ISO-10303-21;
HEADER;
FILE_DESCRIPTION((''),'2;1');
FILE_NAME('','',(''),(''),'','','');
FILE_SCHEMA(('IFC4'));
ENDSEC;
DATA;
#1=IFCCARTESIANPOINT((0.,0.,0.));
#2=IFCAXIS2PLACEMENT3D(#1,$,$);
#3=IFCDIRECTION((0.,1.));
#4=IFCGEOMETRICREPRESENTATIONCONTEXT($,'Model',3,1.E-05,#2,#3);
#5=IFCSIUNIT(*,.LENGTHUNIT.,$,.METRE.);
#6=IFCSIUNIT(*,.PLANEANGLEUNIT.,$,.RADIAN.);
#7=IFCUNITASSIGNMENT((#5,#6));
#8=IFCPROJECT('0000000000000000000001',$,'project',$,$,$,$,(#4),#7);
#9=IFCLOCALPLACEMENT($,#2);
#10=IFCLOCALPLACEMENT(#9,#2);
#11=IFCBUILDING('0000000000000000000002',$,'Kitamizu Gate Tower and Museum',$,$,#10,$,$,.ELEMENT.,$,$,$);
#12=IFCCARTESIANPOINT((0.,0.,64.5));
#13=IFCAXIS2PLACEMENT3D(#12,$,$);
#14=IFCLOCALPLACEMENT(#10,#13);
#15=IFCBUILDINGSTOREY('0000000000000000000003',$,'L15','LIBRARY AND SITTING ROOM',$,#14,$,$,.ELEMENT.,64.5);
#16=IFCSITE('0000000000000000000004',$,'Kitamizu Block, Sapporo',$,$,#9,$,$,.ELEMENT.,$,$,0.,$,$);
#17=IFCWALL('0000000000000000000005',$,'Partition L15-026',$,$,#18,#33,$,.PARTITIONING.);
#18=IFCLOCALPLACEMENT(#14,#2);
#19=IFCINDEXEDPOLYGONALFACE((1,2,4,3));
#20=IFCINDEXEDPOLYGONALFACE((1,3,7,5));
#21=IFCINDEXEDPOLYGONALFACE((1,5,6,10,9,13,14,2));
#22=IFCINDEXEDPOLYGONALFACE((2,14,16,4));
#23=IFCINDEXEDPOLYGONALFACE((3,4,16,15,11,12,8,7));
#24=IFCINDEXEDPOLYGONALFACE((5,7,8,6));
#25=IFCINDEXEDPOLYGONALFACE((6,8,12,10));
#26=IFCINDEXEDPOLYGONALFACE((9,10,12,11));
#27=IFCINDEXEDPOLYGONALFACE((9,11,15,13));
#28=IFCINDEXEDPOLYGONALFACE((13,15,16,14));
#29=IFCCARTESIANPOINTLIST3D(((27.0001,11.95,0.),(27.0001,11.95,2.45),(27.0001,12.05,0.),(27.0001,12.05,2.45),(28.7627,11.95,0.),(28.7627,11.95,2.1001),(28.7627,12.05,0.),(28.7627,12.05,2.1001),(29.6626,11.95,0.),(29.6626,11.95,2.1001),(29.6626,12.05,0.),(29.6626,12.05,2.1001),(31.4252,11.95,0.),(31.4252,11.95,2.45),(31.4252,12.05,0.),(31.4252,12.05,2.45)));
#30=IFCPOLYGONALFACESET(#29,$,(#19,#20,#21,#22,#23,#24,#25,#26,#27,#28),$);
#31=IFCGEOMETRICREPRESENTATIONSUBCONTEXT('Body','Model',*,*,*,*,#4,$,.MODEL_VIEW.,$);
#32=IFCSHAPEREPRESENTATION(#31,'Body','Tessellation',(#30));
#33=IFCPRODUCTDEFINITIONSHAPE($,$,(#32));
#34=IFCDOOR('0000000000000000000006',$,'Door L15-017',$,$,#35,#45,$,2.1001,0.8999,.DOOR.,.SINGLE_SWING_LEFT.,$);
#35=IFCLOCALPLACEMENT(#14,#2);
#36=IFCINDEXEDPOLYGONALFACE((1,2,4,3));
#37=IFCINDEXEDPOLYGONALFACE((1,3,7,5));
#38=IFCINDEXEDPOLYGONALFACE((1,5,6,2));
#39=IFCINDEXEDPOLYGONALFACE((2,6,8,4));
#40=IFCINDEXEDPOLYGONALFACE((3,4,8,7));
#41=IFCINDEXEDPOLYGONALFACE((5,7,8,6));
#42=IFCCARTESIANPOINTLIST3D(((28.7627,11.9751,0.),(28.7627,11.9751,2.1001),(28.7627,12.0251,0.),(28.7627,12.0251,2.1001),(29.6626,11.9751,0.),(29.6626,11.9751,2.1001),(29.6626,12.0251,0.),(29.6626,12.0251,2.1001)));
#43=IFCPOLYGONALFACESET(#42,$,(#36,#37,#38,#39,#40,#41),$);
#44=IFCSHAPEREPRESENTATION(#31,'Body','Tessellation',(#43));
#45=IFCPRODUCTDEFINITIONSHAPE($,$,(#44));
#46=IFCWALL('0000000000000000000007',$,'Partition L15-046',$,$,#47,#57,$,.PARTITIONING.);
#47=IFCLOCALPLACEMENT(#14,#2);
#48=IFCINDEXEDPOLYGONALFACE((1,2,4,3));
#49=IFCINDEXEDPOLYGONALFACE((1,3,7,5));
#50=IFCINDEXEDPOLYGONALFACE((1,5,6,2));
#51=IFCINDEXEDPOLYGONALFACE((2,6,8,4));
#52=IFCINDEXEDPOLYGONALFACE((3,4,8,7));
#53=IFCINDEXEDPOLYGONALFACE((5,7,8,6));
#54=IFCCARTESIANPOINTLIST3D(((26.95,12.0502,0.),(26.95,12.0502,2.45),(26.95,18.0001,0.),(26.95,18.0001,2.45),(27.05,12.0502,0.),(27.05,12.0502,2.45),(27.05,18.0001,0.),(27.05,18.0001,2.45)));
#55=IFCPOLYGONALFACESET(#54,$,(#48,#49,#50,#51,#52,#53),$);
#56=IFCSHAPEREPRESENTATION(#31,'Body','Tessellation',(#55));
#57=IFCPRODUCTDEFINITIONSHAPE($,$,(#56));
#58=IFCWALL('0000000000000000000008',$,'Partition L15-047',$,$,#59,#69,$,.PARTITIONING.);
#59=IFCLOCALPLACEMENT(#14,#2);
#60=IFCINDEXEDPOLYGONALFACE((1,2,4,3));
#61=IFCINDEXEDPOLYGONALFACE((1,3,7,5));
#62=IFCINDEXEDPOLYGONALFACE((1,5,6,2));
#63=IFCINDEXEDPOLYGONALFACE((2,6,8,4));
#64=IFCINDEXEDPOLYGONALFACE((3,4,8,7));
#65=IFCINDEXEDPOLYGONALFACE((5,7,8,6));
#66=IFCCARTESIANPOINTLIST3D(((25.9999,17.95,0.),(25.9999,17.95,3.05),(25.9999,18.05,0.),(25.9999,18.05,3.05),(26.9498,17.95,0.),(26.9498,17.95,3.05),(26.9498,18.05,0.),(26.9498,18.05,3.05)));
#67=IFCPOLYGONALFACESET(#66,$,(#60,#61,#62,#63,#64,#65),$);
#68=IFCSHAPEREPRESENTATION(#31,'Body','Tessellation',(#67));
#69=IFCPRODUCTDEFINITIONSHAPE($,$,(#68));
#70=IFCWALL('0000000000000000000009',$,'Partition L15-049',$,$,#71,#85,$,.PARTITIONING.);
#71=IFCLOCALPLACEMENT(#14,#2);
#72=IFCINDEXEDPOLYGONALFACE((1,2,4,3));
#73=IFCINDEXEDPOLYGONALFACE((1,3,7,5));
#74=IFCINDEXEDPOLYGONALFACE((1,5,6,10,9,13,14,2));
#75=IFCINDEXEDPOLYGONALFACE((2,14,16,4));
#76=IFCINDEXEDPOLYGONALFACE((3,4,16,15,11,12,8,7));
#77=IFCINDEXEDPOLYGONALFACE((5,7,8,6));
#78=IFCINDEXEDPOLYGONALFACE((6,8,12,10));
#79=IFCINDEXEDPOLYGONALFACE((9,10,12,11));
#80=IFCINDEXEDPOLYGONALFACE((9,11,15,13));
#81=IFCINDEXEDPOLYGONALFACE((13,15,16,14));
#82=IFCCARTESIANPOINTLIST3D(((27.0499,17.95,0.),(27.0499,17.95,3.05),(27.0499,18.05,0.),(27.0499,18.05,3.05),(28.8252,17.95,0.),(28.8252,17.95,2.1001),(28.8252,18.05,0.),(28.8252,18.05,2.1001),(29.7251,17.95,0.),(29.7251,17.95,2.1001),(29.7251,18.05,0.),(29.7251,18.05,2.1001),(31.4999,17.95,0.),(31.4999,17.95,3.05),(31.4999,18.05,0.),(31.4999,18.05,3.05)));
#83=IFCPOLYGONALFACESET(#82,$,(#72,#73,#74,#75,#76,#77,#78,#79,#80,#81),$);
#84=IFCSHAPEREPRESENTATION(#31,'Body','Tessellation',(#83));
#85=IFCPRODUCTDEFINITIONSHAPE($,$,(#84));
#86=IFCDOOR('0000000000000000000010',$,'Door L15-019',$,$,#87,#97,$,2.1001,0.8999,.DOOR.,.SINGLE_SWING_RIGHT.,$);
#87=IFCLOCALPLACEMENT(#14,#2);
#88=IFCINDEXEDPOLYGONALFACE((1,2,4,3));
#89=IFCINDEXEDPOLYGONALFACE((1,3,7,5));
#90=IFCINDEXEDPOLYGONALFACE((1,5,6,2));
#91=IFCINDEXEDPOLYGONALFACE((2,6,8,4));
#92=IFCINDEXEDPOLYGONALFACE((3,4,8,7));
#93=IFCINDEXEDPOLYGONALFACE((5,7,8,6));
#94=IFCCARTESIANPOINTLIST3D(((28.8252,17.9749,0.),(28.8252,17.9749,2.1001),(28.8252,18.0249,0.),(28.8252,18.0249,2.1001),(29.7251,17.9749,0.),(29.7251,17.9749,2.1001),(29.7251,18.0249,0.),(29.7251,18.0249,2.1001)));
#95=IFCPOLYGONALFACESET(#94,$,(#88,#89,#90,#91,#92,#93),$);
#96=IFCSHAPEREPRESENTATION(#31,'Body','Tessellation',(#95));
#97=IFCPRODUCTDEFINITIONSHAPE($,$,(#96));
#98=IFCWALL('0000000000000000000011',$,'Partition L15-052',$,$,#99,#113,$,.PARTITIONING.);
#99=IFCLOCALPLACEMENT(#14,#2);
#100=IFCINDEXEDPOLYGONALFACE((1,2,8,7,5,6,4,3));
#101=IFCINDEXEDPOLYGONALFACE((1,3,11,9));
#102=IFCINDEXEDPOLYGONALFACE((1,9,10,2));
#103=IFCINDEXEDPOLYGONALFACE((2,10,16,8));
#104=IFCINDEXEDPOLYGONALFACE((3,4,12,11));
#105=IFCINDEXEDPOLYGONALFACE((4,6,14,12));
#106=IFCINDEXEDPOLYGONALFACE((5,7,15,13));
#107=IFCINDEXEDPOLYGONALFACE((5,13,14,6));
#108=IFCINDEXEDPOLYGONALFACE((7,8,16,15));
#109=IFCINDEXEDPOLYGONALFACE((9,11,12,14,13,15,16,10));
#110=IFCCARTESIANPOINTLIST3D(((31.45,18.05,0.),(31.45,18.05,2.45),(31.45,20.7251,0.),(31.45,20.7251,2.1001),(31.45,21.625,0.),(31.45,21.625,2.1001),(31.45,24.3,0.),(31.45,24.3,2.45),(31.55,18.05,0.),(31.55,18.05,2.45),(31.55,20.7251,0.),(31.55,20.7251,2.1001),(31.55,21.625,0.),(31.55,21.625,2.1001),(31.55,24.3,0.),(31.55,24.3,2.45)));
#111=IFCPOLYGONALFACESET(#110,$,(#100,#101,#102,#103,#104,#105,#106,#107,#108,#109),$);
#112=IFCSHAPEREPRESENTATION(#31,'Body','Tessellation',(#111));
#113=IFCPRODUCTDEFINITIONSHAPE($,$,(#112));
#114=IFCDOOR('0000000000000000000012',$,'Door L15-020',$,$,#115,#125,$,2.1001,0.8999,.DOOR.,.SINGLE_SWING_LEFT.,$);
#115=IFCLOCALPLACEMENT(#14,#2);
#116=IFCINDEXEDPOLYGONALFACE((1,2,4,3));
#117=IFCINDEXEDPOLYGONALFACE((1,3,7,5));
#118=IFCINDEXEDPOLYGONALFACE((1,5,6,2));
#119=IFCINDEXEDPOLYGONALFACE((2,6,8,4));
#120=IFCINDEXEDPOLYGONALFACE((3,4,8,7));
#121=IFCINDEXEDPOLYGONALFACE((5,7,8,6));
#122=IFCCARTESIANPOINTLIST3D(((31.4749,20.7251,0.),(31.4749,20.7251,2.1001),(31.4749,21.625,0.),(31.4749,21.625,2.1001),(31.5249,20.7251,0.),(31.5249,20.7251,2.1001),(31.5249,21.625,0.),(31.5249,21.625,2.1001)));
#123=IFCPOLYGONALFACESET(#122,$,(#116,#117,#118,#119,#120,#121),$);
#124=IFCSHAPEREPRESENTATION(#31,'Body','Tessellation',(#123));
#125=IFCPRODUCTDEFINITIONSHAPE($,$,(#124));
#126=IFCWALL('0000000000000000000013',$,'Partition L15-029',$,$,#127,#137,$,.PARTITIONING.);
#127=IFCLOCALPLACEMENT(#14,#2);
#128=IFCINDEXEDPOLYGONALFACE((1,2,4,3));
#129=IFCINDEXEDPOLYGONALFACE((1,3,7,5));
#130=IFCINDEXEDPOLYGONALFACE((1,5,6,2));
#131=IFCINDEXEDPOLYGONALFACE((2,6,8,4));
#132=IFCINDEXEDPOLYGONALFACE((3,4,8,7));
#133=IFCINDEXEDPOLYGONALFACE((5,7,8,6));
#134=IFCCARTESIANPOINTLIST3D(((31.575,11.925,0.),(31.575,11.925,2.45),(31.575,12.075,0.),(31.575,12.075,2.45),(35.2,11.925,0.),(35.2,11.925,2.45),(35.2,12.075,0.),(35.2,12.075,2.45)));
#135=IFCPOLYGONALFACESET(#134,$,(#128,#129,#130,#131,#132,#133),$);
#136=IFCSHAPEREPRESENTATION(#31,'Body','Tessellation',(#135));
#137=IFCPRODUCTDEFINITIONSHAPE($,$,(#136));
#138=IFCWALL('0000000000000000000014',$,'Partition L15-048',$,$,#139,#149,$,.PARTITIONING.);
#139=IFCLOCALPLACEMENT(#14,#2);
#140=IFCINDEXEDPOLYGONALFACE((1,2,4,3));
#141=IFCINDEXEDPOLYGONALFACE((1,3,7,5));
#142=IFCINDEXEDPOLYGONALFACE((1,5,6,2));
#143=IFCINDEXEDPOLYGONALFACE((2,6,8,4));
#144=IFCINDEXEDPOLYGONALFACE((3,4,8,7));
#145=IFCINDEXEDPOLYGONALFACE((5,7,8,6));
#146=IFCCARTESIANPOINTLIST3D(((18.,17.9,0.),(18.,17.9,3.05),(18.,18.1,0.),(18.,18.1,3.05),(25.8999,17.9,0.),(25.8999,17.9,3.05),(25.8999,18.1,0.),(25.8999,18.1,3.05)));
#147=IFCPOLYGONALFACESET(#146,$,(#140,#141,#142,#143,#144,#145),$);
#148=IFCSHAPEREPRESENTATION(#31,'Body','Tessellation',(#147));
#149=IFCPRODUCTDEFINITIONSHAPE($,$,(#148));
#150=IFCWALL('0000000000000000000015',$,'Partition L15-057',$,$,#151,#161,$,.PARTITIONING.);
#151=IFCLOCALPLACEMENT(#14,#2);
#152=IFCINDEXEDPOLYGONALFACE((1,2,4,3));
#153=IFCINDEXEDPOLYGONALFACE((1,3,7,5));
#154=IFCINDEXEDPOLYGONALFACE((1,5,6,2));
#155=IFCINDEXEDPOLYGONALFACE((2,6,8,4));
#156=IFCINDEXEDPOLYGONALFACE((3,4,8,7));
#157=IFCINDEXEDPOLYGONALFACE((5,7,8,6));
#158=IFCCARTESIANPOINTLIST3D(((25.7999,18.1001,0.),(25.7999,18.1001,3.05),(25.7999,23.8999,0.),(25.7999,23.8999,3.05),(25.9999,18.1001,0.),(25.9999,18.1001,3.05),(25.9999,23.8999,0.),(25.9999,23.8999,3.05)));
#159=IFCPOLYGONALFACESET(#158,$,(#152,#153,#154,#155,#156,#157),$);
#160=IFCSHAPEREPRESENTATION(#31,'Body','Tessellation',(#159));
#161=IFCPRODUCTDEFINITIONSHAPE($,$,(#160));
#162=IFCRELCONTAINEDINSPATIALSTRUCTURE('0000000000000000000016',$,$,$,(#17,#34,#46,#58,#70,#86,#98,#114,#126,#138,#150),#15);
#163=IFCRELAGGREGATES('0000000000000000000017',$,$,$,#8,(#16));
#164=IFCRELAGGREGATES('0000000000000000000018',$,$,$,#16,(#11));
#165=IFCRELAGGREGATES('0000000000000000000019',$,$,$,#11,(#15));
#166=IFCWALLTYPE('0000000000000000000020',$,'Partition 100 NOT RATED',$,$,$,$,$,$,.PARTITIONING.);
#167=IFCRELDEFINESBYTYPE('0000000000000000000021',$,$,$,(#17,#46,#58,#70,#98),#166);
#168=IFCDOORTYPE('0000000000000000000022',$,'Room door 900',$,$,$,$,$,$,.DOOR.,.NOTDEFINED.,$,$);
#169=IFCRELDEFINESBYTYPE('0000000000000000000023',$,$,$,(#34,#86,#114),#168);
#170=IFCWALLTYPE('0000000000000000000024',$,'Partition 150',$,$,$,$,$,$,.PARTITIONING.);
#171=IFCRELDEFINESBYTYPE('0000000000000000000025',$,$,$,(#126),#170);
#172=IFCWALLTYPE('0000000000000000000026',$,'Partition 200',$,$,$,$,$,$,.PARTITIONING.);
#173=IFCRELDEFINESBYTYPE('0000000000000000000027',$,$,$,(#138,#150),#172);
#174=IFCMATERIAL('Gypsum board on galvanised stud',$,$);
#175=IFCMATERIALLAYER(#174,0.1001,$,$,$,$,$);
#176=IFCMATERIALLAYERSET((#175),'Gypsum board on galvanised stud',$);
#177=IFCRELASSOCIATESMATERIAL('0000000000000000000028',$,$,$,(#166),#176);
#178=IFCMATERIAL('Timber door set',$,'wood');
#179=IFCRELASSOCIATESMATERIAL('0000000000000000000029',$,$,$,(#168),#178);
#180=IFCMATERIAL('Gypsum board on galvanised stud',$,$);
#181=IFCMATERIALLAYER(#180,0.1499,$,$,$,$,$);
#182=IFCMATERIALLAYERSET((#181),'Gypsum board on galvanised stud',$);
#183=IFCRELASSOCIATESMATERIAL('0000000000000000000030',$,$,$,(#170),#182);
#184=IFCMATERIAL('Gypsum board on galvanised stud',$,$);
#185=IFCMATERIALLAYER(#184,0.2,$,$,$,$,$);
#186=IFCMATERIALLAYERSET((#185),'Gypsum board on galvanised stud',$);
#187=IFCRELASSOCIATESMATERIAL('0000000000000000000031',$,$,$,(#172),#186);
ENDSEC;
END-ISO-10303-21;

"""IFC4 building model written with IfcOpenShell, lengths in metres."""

from ifc_helpers import new_model, si_unit, direction, frame, frame_2d, origin, place, context, subcontext, project, spatial, rectangle, extrude, material, layer, layer_set, type_object, element, fill, save


model = new_model("IFC4")

# Units and contexts
model_context = context("Model", 3, precision=1e-05, world=origin(), true_north=direction((0.0, 1.0)))
body_context = subcontext(model_context, "Body", "Model", "MODEL_VIEW")
ifc_project = project(units=[si_unit("LENGTHUNIT", "METRE"), si_unit("PLANEANGLEUNIT", "RADIAN")], contexts=[model_context])

# Site, building, storey
site_placement = place(None, origin())
site = spatial("IfcSite", under=ifc_project, at=site_placement, Name="Kitamizu Block, Sapporo", CompositionType="ELEMENT", RefElevation=0.0)
building_placement = place(site_placement, origin())
building = spatial("IfcBuilding", under=site, at=building_placement, Name="Kitamizu Gate Tower and Museum", CompositionType="ELEMENT")
storey_placement = place(building_placement, frame((0.0, 0.0, 64.5)))
storey = spatial("IfcBuildingStorey", under=building, at=storey_placement, Name="L15", Description="LIBRARY AND SITTING ROOM", CompositionType="ELEMENT", Elevation=64.5)

# Shared definitions
ifc_material_1 = material(Name="Gypsum board on galvanised stud")
ifc_layer_1 = layer(ifc_material_1, 0.1001)
ifc_layer_set_1 = layer_set([ifc_layer_1], Name="Gypsum board on galvanised stud")
wall_type_1 = type_object("IfcWallType", Name="Partition 100 NOT RATED", PredefinedType="PARTITIONING", material=ifc_layer_set_1)

# Wall, opening, door
wall_1_placement = place(storey_placement, frame((31.425, 12.0, 0.0), z_axis=(0.0, 0.0, 1.0), x_axis=(-1.0, 0.0, 0.0)))
wall_1 = element("IfcWall", 1, at=wall_1_placement, inside=storey, type_object=wall_type_1, Name="Partition L15-026", PredefinedType="PARTITIONING", context=body_context, shape_type="SweptSolid", body=[
    extrude(rectangle(XDim=4.425, YDim=0.1001, at=frame_2d((2.2124, 0.0))), origin(), (0.0, 0.0, 1.0), 2.45),
])
opening_1_placement = place(wall_1_placement, frame((1.7625, 0.0, 0.0)))
opening_1 = element("IfcOpeningElement", 2, at=opening_1_placement, cuts=wall_1, PredefinedType="OPENING", context=body_context, shape_type="SweptSolid", body=[
    extrude(rectangle(XDim=0.8999, YDim=2.1001, at=frame_2d((0.45, 1.05))), frame((0.0, 0.0601, 0.0), z_axis=(0.0, -1.0, 0.0), x_axis=(1.0, 0.0, 0.0)), (0.0, 0.0, 1.0), 0.1201),
])
ifc_material_2 = material(Name="Timber door set", Category="wood")
door_type = type_object("IfcDoorType", Name="Room door 900", OperationType="NOTDEFINED", PredefinedType="DOOR", material=ifc_material_2)
door_1_placement = place(opening_1_placement, origin())
door_1 = element("IfcDoor", 3, at=door_1_placement, inside=storey, type_object=door_type, Name="Door L15-017", OperationType="SINGLE_SWING_LEFT", OverallHeight=2.1001, OverallWidth=0.8999, PredefinedType="DOOR", context=body_context, shape_type="SweptSolid", body=[
    extrude(rectangle(XDim=0.8999, YDim=2.1001, at=frame_2d((0.45, 1.05))), frame((0.0, 0.0249, 0.0), z_axis=(0.0, -1.0, 0.0), x_axis=(1.0, 0.0, 0.0)), (0.0, 0.0, 1.0), 0.05),
])
fill(opening_1, door_1)

# Walls
wall_2_placement = place(storey_placement, frame((27.0, 12.05, 0.0), z_axis=(0.0, 0.0, 1.0), x_axis=(0.0, 1.0, 0.0)))
element("IfcWall", 4, at=wall_2_placement, inside=storey, type_object=wall_type_1, Name="Partition L15-046", PredefinedType="PARTITIONING", context=body_context, shape_type="SweptSolid", body=[
    extrude(rectangle(XDim=5.95, YDim=0.1001, at=frame_2d((2.9751, 0.0))), origin(), (0.0, 0.0, 1.0), 2.45),
])
wall_3_placement = place(storey_placement, frame((26.95, 18.0, 0.0), z_axis=(0.0, 0.0, 1.0), x_axis=(-1.0, 0.0, 0.0)))
element("IfcWall", 5, at=wall_3_placement, inside=storey, type_object=wall_type_1, Name="Partition L15-047", PredefinedType="PARTITIONING", context=body_context, shape_type="SweptSolid", body=[
    extrude(rectangle(XDim=0.95, YDim=0.1001, at=frame_2d((0.4751, 0.0))), origin(), (0.0, 0.0, 1.0), 3.05),
])

# Walls, openings, doors
wall_4_placement = place(storey_placement, frame((31.5, 18.0, 0.0), z_axis=(0.0, 0.0, 1.0), x_axis=(-1.0, 0.0, 0.0)))
wall_4 = element("IfcWall", 6, at=wall_4_placement, inside=storey, type_object=wall_type_1, Name="Partition L15-049", PredefinedType="PARTITIONING", context=body_context, shape_type="SweptSolid", body=[
    extrude(rectangle(XDim=4.45, YDim=0.1001, at=frame_2d((2.2251, 0.0))), origin(), (0.0, 0.0, 1.0), 3.05),
])
opening_2_placement = place(wall_4_placement, frame((1.7749, 0.0, 0.0)))
opening_2 = element("IfcOpeningElement", 7, at=opening_2_placement, cuts=wall_4, PredefinedType="OPENING", context=body_context, shape_type="SweptSolid", body=[
    extrude(rectangle(XDim=0.8999, YDim=2.1001, at=frame_2d((0.45, 1.05))), frame((0.0, 0.0601, 0.0), z_axis=(0.0, -1.0, 0.0), x_axis=(1.0, 0.0, 0.0)), (0.0, 0.0, 1.0), 0.1201),
])
door_2_placement = place(opening_2_placement, frame((0.8999, 0.0, 0.0), x_axis=(-1.0, 0.0, 0.0)))
door_2 = element("IfcDoor", 8, at=door_2_placement, inside=storey, type_object=door_type, Name="Door L15-019", OperationType="SINGLE_SWING_RIGHT", OverallHeight=2.1001, OverallWidth=0.8999, PredefinedType="DOOR", context=body_context, shape_type="SweptSolid", body=[
    extrude(rectangle(XDim=0.8999, YDim=2.1001, at=frame_2d((0.45, 1.05))), frame((0.0, 0.0249, 0.0), z_axis=(0.0, -1.0, 0.0), x_axis=(1.0, 0.0, 0.0)), (0.0, 0.0, 1.0), 0.05),
])
fill(opening_2, door_2)
wall_5_placement = place(storey_placement, frame((31.5, 18.05, 0.0), z_axis=(0.0, 0.0, 1.0), x_axis=(0.0, 1.0, 0.0)))
wall_5 = element("IfcWall", 9, at=wall_5_placement, inside=storey, type_object=wall_type_1, Name="Partition L15-052", PredefinedType="PARTITIONING", context=body_context, shape_type="SweptSolid", body=[
    extrude(rectangle(XDim=6.25, YDim=0.1001, at=frame_2d((3.125, 0.0))), origin(), (0.0, 0.0, 1.0), 2.45),
])
opening_3_placement = place(wall_5_placement, frame((2.675, 0.0, 0.0)))
opening_3 = element("IfcOpeningElement", 10, at=opening_3_placement, cuts=wall_5, PredefinedType="OPENING", context=body_context, shape_type="SweptSolid", body=[
    extrude(rectangle(XDim=0.8999, YDim=2.1001, at=frame_2d((0.45, 1.05))), frame((0.0, 0.0601, 0.0), z_axis=(0.0, -1.0, 0.0), x_axis=(1.0, 0.0, 0.0)), (0.0, 0.0, 1.0), 0.1201),
])
door_3_placement = place(opening_3_placement, frame((0.8999, 0.0, 0.0), x_axis=(-1.0, 0.0, 0.0)))
door_3 = element("IfcDoor", 11, at=door_3_placement, inside=storey, type_object=door_type, Name="Door L15-020", OperationType="SINGLE_SWING_LEFT", OverallHeight=2.1001, OverallWidth=0.8999, PredefinedType="DOOR", context=body_context, shape_type="SweptSolid", body=[
    extrude(rectangle(XDim=0.8999, YDim=2.1001, at=frame_2d((0.45, 1.05))), frame((0.0, 0.0249, 0.0), z_axis=(0.0, -1.0, 0.0), x_axis=(1.0, 0.0, 0.0)), (0.0, 0.0, 1.0), 0.05),
])
fill(opening_3, door_3)

# Walls
ifc_material_3 = material(Name="Gypsum board on galvanised stud")
ifc_layer_2 = layer(ifc_material_3, 0.1499)
ifc_layer_set_2 = layer_set([ifc_layer_2], Name="Gypsum board on galvanised stud")
wall_type_2 = type_object("IfcWallType", Name="Partition 150", PredefinedType="PARTITIONING", material=ifc_layer_set_2)
wall_6_placement = place(storey_placement, frame((35.2, 12.0, 0.0), z_axis=(0.0, 0.0, 1.0), x_axis=(-1.0, 0.0, 0.0)))
element("IfcWall", 12, at=wall_6_placement, inside=storey, type_object=wall_type_2, Name="Partition L15-029", PredefinedType="PARTITIONING", context=body_context, shape_type="SweptSolid", body=[
    extrude(rectangle(XDim=3.625, YDim=0.1499, at=frame_2d((1.8125, 0.0))), origin(), (0.0, 0.0, 1.0), 2.45),
])
ifc_material_4 = material(Name="Gypsum board on galvanised stud")
ifc_layer_3 = layer(ifc_material_4, 0.2)
ifc_layer_set_3 = layer_set([ifc_layer_3], Name="Gypsum board on galvanised stud")
wall_type_3 = type_object("IfcWallType", Name="Partition 200", PredefinedType="PARTITIONING", material=ifc_layer_set_3)
wall_7_placement = place(storey_placement, frame((25.8999, 18.0, 0.0), z_axis=(0.0, 0.0, 1.0), x_axis=(-1.0, 0.0, 0.0)))
element("IfcWall", 13, at=wall_7_placement, inside=storey, type_object=wall_type_3, Name="Partition L15-048", PredefinedType="PARTITIONING", context=body_context, shape_type="SweptSolid", body=[
    extrude(rectangle(XDim=7.8999, YDim=0.2, at=frame_2d((3.95, 0.0))), origin(), (0.0, 0.0, 1.0), 3.05),
])
wall_8_placement = place(storey_placement, frame((25.8999, 23.8999, 0.0), z_axis=(0.0, 0.0, 1.0), x_axis=(0.0, -1.0, 0.0)))
element("IfcWall", 14, at=wall_8_placement, inside=storey, type_object=wall_type_3, Name="Partition L15-057", PredefinedType="PARTITIONING", context=body_context, shape_type="SweptSolid", body=[
    extrude(rectangle(XDim=5.7998, YDim=0.2, at=frame_2d((2.8999, 0.0))), origin(), (0.0, 0.0, 1.0), 3.05),
])

save(model, "model.ifc")
